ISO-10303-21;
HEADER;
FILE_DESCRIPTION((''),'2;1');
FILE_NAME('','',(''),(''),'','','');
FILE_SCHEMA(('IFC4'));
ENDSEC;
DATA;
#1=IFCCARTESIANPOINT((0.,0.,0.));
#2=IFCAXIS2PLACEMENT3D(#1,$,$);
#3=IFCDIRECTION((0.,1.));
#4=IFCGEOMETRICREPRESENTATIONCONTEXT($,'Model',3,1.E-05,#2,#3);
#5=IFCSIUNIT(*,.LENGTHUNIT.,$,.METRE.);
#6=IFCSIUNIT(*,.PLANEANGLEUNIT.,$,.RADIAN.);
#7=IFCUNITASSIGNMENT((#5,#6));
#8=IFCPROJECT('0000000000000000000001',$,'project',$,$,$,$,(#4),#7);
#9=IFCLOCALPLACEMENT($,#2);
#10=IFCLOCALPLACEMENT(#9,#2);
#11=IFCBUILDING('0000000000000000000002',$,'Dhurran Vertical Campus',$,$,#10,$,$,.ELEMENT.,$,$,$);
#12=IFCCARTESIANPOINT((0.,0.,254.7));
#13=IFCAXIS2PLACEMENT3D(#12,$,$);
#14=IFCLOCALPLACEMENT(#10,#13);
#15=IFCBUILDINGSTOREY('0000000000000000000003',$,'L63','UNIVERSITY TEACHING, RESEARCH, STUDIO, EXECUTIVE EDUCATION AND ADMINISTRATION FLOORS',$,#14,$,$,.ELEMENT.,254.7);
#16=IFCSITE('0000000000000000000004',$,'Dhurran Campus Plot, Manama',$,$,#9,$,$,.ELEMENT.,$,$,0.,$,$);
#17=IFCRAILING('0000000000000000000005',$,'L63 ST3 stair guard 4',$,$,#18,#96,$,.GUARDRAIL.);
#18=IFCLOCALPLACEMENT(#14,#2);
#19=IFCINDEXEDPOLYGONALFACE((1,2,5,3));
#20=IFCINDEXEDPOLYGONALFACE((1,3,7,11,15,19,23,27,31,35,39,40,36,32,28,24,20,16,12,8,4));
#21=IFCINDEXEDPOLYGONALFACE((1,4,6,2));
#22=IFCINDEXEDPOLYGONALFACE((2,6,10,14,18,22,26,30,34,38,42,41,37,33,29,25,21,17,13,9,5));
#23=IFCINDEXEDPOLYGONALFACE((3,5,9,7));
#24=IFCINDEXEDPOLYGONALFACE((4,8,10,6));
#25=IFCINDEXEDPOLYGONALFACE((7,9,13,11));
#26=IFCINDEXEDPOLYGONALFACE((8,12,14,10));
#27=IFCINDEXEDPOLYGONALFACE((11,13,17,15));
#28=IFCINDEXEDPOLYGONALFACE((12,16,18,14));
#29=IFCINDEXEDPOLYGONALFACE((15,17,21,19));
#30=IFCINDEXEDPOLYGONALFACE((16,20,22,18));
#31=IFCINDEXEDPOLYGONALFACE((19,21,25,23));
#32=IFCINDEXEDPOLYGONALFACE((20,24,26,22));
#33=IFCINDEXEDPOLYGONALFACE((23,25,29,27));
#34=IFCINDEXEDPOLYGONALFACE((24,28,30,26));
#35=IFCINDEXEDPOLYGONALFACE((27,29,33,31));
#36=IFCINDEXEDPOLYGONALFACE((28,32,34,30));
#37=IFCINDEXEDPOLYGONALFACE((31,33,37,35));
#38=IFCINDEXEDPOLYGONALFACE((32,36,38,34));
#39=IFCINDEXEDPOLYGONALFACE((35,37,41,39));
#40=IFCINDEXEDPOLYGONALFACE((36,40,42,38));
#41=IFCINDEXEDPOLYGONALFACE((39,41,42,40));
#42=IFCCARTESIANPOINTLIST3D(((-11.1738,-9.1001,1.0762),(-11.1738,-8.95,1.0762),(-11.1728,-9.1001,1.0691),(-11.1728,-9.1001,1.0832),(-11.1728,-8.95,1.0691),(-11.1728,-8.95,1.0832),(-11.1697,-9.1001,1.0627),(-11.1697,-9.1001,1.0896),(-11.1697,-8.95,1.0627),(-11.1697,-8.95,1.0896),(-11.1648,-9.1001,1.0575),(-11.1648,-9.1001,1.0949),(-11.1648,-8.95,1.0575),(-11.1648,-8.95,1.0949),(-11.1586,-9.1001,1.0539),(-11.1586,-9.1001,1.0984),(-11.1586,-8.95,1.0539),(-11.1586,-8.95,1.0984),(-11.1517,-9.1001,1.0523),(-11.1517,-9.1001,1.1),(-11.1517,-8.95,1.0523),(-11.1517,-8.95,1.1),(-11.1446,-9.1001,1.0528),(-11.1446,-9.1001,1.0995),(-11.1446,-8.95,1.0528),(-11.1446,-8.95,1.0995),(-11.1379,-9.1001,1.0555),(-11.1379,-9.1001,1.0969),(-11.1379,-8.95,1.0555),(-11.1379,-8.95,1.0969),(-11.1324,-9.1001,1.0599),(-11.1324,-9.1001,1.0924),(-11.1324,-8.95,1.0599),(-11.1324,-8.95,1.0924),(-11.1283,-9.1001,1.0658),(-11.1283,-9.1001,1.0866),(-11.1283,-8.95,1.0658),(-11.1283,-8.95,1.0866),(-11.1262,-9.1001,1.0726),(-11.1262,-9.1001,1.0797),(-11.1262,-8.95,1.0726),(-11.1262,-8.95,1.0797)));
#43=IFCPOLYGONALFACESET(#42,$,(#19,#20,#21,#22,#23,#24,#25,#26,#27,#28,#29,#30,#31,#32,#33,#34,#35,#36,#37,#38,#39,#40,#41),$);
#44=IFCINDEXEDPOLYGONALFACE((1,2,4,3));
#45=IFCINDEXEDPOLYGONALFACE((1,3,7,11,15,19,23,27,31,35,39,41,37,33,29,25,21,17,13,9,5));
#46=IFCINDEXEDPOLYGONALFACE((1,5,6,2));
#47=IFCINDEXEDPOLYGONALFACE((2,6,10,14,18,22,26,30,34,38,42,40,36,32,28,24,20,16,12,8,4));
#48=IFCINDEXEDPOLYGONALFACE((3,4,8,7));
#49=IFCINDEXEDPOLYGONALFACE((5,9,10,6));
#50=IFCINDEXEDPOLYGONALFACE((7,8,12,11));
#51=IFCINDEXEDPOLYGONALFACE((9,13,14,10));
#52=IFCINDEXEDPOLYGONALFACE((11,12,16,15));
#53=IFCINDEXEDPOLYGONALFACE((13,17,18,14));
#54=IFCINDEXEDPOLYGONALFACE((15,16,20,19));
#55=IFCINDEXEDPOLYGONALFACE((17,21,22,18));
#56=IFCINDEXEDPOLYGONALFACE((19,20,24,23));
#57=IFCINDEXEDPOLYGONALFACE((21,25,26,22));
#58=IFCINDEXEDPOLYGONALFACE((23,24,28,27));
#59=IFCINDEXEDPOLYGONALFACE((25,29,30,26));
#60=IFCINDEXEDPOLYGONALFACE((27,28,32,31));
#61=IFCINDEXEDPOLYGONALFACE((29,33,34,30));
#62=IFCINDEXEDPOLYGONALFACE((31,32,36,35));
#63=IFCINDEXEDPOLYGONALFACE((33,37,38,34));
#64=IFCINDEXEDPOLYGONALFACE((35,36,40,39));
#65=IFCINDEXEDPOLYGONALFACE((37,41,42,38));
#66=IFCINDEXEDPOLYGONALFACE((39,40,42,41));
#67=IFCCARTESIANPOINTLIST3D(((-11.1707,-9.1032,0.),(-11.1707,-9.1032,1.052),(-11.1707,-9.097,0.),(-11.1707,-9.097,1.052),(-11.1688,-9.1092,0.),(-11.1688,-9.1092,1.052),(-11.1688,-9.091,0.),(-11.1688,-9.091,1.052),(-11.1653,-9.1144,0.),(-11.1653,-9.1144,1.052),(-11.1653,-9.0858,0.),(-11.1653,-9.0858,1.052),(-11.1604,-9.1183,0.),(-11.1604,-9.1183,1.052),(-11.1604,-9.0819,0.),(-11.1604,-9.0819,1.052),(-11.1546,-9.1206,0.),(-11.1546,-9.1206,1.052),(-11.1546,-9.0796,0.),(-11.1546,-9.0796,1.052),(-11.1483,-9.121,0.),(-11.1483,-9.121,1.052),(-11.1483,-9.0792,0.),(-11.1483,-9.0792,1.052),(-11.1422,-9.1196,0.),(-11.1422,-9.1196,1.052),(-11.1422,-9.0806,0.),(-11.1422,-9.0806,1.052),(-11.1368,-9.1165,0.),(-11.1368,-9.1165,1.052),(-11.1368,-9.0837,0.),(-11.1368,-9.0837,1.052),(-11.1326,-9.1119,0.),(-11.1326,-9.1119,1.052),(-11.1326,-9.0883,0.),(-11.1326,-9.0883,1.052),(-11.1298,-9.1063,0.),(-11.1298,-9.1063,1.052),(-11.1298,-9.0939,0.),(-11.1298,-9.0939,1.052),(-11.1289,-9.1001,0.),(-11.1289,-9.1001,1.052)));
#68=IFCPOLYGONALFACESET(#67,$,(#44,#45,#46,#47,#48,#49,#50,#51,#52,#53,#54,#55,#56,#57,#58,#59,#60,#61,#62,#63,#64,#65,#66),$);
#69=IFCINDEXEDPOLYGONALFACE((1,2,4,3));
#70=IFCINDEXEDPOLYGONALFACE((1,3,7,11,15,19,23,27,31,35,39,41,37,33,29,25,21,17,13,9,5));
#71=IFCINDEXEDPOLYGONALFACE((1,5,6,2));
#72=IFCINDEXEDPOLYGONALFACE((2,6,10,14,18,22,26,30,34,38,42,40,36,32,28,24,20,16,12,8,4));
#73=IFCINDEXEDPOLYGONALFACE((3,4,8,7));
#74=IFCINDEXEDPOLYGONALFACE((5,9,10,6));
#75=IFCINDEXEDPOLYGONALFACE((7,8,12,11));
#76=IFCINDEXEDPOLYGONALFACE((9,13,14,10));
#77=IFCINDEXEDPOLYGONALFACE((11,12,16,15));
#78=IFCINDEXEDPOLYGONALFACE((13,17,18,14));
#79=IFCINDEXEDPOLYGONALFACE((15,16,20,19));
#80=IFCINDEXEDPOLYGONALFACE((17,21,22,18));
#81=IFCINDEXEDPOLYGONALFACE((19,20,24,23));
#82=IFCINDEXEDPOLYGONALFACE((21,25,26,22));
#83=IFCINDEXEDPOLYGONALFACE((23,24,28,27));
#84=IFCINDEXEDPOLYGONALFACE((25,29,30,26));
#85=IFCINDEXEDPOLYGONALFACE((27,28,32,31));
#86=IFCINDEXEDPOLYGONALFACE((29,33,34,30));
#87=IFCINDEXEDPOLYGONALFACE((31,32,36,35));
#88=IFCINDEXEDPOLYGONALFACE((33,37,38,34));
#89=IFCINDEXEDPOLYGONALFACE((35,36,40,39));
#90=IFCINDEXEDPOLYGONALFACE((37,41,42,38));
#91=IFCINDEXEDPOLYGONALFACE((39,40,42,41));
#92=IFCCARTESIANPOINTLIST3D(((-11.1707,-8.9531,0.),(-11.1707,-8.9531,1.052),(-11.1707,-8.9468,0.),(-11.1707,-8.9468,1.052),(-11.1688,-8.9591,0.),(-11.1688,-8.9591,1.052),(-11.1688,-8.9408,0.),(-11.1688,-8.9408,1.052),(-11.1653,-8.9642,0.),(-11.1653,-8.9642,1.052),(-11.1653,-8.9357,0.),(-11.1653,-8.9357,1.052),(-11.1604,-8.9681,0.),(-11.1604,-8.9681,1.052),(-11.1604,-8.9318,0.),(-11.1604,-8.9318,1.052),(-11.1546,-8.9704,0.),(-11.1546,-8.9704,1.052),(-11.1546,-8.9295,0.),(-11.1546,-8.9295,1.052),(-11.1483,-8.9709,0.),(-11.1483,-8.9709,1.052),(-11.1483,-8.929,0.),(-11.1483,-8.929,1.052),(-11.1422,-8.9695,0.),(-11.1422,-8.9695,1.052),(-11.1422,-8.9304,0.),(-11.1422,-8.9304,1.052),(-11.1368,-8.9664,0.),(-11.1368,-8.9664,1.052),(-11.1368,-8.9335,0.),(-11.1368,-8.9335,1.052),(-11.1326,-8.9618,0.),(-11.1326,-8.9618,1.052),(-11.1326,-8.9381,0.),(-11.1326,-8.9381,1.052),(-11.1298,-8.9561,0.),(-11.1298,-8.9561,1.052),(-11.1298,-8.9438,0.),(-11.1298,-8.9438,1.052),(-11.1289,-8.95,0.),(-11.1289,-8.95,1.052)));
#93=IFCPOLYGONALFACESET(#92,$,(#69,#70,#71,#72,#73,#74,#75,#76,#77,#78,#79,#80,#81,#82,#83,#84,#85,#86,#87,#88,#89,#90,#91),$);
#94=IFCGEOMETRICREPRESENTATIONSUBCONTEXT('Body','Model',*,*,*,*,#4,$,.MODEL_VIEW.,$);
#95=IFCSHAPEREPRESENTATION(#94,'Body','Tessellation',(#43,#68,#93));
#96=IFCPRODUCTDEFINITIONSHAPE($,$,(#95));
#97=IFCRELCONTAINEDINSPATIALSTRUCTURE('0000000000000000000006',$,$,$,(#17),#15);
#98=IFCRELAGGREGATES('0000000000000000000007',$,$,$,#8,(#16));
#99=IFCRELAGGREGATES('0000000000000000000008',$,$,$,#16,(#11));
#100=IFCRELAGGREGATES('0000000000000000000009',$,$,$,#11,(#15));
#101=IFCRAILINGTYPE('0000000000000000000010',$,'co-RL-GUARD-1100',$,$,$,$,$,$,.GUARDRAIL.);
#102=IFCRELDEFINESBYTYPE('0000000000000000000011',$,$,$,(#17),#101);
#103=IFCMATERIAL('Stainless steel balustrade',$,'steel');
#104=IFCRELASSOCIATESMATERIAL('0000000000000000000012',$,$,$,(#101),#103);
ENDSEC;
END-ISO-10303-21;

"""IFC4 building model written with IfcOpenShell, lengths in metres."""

from ifc_helpers import new_model, si_unit, direction, frame, origin, origin_2d, place, context, subcontext, project, spatial, circle, extrude, material, type_object, element, save


model = new_model("IFC4")

# Units and contexts
model_context = context("Model", 3, precision=1e-05, world=origin(), true_north=direction((0.0, 1.0)))
body_context = subcontext(model_context, "Body", "Model", "MODEL_VIEW")
ifc_project = project(units=[si_unit("LENGTHUNIT", "METRE"), si_unit("PLANEANGLEUNIT", "RADIAN")], contexts=[model_context])

# Site, building, storey
site_placement = place(None, origin())
site = spatial("IfcSite", under=ifc_project, at=site_placement, Name="Dhurran Campus Plot, Manama", CompositionType="ELEMENT", RefElevation=0.0)
building_placement = place(site_placement, origin())
building = spatial("IfcBuilding", under=site, at=building_placement, Name="Dhurran Vertical Campus", CompositionType="ELEMENT")
storey_placement = place(building_placement, frame((0.0, 0.0, 254.7)))
storey = spatial("IfcBuildingStorey", under=building, at=storey_placement, Name="L63", Description="UNIVERSITY TEACHING, RESEARCH, STUDIO, EXECUTIVE EDUCATION AND ADMINISTRATION FLOORS", CompositionType="ELEMENT", Elevation=254.7)

# Railing
ifc_material_1 = material(Name="Stainless steel balustrade", Category="steel")
railing_type = type_object("IfcRailingType", Name="co-RL-GUARD-1100", PredefinedType="GUARDRAIL", material=ifc_material_1)
railing_placement = place(storey_placement, frame((-11.1499, -9.1001, 0.0)))
element("IfcRailing", 1, at=railing_placement, inside=storey, type_object=railing_type, Name="L63 ST3 stair guard 4", PredefinedType="GUARDRAIL", context=body_context, shape_type="SweptSolid", body=[
    extrude(circle(Radius=0.0239, at=origin_2d()), frame((0.0, 0.0, 1.0762), z_axis=(0.0, 1.0, 0.0), x_axis=(-1.0, 0.0, 0.0)), (0.0, 0.0, 1.0), 0.1501),
    extrude(circle(Radius=0.021, at=origin_2d()), origin(), (0.0, 0.0, 1.0), 1.052),
    extrude(circle(Radius=0.021, at=origin_2d()), frame((0.0, 0.1501, 0.0)), (0.0, 0.0, 1.0), 1.052),
])

save(model, "model.ifc")
